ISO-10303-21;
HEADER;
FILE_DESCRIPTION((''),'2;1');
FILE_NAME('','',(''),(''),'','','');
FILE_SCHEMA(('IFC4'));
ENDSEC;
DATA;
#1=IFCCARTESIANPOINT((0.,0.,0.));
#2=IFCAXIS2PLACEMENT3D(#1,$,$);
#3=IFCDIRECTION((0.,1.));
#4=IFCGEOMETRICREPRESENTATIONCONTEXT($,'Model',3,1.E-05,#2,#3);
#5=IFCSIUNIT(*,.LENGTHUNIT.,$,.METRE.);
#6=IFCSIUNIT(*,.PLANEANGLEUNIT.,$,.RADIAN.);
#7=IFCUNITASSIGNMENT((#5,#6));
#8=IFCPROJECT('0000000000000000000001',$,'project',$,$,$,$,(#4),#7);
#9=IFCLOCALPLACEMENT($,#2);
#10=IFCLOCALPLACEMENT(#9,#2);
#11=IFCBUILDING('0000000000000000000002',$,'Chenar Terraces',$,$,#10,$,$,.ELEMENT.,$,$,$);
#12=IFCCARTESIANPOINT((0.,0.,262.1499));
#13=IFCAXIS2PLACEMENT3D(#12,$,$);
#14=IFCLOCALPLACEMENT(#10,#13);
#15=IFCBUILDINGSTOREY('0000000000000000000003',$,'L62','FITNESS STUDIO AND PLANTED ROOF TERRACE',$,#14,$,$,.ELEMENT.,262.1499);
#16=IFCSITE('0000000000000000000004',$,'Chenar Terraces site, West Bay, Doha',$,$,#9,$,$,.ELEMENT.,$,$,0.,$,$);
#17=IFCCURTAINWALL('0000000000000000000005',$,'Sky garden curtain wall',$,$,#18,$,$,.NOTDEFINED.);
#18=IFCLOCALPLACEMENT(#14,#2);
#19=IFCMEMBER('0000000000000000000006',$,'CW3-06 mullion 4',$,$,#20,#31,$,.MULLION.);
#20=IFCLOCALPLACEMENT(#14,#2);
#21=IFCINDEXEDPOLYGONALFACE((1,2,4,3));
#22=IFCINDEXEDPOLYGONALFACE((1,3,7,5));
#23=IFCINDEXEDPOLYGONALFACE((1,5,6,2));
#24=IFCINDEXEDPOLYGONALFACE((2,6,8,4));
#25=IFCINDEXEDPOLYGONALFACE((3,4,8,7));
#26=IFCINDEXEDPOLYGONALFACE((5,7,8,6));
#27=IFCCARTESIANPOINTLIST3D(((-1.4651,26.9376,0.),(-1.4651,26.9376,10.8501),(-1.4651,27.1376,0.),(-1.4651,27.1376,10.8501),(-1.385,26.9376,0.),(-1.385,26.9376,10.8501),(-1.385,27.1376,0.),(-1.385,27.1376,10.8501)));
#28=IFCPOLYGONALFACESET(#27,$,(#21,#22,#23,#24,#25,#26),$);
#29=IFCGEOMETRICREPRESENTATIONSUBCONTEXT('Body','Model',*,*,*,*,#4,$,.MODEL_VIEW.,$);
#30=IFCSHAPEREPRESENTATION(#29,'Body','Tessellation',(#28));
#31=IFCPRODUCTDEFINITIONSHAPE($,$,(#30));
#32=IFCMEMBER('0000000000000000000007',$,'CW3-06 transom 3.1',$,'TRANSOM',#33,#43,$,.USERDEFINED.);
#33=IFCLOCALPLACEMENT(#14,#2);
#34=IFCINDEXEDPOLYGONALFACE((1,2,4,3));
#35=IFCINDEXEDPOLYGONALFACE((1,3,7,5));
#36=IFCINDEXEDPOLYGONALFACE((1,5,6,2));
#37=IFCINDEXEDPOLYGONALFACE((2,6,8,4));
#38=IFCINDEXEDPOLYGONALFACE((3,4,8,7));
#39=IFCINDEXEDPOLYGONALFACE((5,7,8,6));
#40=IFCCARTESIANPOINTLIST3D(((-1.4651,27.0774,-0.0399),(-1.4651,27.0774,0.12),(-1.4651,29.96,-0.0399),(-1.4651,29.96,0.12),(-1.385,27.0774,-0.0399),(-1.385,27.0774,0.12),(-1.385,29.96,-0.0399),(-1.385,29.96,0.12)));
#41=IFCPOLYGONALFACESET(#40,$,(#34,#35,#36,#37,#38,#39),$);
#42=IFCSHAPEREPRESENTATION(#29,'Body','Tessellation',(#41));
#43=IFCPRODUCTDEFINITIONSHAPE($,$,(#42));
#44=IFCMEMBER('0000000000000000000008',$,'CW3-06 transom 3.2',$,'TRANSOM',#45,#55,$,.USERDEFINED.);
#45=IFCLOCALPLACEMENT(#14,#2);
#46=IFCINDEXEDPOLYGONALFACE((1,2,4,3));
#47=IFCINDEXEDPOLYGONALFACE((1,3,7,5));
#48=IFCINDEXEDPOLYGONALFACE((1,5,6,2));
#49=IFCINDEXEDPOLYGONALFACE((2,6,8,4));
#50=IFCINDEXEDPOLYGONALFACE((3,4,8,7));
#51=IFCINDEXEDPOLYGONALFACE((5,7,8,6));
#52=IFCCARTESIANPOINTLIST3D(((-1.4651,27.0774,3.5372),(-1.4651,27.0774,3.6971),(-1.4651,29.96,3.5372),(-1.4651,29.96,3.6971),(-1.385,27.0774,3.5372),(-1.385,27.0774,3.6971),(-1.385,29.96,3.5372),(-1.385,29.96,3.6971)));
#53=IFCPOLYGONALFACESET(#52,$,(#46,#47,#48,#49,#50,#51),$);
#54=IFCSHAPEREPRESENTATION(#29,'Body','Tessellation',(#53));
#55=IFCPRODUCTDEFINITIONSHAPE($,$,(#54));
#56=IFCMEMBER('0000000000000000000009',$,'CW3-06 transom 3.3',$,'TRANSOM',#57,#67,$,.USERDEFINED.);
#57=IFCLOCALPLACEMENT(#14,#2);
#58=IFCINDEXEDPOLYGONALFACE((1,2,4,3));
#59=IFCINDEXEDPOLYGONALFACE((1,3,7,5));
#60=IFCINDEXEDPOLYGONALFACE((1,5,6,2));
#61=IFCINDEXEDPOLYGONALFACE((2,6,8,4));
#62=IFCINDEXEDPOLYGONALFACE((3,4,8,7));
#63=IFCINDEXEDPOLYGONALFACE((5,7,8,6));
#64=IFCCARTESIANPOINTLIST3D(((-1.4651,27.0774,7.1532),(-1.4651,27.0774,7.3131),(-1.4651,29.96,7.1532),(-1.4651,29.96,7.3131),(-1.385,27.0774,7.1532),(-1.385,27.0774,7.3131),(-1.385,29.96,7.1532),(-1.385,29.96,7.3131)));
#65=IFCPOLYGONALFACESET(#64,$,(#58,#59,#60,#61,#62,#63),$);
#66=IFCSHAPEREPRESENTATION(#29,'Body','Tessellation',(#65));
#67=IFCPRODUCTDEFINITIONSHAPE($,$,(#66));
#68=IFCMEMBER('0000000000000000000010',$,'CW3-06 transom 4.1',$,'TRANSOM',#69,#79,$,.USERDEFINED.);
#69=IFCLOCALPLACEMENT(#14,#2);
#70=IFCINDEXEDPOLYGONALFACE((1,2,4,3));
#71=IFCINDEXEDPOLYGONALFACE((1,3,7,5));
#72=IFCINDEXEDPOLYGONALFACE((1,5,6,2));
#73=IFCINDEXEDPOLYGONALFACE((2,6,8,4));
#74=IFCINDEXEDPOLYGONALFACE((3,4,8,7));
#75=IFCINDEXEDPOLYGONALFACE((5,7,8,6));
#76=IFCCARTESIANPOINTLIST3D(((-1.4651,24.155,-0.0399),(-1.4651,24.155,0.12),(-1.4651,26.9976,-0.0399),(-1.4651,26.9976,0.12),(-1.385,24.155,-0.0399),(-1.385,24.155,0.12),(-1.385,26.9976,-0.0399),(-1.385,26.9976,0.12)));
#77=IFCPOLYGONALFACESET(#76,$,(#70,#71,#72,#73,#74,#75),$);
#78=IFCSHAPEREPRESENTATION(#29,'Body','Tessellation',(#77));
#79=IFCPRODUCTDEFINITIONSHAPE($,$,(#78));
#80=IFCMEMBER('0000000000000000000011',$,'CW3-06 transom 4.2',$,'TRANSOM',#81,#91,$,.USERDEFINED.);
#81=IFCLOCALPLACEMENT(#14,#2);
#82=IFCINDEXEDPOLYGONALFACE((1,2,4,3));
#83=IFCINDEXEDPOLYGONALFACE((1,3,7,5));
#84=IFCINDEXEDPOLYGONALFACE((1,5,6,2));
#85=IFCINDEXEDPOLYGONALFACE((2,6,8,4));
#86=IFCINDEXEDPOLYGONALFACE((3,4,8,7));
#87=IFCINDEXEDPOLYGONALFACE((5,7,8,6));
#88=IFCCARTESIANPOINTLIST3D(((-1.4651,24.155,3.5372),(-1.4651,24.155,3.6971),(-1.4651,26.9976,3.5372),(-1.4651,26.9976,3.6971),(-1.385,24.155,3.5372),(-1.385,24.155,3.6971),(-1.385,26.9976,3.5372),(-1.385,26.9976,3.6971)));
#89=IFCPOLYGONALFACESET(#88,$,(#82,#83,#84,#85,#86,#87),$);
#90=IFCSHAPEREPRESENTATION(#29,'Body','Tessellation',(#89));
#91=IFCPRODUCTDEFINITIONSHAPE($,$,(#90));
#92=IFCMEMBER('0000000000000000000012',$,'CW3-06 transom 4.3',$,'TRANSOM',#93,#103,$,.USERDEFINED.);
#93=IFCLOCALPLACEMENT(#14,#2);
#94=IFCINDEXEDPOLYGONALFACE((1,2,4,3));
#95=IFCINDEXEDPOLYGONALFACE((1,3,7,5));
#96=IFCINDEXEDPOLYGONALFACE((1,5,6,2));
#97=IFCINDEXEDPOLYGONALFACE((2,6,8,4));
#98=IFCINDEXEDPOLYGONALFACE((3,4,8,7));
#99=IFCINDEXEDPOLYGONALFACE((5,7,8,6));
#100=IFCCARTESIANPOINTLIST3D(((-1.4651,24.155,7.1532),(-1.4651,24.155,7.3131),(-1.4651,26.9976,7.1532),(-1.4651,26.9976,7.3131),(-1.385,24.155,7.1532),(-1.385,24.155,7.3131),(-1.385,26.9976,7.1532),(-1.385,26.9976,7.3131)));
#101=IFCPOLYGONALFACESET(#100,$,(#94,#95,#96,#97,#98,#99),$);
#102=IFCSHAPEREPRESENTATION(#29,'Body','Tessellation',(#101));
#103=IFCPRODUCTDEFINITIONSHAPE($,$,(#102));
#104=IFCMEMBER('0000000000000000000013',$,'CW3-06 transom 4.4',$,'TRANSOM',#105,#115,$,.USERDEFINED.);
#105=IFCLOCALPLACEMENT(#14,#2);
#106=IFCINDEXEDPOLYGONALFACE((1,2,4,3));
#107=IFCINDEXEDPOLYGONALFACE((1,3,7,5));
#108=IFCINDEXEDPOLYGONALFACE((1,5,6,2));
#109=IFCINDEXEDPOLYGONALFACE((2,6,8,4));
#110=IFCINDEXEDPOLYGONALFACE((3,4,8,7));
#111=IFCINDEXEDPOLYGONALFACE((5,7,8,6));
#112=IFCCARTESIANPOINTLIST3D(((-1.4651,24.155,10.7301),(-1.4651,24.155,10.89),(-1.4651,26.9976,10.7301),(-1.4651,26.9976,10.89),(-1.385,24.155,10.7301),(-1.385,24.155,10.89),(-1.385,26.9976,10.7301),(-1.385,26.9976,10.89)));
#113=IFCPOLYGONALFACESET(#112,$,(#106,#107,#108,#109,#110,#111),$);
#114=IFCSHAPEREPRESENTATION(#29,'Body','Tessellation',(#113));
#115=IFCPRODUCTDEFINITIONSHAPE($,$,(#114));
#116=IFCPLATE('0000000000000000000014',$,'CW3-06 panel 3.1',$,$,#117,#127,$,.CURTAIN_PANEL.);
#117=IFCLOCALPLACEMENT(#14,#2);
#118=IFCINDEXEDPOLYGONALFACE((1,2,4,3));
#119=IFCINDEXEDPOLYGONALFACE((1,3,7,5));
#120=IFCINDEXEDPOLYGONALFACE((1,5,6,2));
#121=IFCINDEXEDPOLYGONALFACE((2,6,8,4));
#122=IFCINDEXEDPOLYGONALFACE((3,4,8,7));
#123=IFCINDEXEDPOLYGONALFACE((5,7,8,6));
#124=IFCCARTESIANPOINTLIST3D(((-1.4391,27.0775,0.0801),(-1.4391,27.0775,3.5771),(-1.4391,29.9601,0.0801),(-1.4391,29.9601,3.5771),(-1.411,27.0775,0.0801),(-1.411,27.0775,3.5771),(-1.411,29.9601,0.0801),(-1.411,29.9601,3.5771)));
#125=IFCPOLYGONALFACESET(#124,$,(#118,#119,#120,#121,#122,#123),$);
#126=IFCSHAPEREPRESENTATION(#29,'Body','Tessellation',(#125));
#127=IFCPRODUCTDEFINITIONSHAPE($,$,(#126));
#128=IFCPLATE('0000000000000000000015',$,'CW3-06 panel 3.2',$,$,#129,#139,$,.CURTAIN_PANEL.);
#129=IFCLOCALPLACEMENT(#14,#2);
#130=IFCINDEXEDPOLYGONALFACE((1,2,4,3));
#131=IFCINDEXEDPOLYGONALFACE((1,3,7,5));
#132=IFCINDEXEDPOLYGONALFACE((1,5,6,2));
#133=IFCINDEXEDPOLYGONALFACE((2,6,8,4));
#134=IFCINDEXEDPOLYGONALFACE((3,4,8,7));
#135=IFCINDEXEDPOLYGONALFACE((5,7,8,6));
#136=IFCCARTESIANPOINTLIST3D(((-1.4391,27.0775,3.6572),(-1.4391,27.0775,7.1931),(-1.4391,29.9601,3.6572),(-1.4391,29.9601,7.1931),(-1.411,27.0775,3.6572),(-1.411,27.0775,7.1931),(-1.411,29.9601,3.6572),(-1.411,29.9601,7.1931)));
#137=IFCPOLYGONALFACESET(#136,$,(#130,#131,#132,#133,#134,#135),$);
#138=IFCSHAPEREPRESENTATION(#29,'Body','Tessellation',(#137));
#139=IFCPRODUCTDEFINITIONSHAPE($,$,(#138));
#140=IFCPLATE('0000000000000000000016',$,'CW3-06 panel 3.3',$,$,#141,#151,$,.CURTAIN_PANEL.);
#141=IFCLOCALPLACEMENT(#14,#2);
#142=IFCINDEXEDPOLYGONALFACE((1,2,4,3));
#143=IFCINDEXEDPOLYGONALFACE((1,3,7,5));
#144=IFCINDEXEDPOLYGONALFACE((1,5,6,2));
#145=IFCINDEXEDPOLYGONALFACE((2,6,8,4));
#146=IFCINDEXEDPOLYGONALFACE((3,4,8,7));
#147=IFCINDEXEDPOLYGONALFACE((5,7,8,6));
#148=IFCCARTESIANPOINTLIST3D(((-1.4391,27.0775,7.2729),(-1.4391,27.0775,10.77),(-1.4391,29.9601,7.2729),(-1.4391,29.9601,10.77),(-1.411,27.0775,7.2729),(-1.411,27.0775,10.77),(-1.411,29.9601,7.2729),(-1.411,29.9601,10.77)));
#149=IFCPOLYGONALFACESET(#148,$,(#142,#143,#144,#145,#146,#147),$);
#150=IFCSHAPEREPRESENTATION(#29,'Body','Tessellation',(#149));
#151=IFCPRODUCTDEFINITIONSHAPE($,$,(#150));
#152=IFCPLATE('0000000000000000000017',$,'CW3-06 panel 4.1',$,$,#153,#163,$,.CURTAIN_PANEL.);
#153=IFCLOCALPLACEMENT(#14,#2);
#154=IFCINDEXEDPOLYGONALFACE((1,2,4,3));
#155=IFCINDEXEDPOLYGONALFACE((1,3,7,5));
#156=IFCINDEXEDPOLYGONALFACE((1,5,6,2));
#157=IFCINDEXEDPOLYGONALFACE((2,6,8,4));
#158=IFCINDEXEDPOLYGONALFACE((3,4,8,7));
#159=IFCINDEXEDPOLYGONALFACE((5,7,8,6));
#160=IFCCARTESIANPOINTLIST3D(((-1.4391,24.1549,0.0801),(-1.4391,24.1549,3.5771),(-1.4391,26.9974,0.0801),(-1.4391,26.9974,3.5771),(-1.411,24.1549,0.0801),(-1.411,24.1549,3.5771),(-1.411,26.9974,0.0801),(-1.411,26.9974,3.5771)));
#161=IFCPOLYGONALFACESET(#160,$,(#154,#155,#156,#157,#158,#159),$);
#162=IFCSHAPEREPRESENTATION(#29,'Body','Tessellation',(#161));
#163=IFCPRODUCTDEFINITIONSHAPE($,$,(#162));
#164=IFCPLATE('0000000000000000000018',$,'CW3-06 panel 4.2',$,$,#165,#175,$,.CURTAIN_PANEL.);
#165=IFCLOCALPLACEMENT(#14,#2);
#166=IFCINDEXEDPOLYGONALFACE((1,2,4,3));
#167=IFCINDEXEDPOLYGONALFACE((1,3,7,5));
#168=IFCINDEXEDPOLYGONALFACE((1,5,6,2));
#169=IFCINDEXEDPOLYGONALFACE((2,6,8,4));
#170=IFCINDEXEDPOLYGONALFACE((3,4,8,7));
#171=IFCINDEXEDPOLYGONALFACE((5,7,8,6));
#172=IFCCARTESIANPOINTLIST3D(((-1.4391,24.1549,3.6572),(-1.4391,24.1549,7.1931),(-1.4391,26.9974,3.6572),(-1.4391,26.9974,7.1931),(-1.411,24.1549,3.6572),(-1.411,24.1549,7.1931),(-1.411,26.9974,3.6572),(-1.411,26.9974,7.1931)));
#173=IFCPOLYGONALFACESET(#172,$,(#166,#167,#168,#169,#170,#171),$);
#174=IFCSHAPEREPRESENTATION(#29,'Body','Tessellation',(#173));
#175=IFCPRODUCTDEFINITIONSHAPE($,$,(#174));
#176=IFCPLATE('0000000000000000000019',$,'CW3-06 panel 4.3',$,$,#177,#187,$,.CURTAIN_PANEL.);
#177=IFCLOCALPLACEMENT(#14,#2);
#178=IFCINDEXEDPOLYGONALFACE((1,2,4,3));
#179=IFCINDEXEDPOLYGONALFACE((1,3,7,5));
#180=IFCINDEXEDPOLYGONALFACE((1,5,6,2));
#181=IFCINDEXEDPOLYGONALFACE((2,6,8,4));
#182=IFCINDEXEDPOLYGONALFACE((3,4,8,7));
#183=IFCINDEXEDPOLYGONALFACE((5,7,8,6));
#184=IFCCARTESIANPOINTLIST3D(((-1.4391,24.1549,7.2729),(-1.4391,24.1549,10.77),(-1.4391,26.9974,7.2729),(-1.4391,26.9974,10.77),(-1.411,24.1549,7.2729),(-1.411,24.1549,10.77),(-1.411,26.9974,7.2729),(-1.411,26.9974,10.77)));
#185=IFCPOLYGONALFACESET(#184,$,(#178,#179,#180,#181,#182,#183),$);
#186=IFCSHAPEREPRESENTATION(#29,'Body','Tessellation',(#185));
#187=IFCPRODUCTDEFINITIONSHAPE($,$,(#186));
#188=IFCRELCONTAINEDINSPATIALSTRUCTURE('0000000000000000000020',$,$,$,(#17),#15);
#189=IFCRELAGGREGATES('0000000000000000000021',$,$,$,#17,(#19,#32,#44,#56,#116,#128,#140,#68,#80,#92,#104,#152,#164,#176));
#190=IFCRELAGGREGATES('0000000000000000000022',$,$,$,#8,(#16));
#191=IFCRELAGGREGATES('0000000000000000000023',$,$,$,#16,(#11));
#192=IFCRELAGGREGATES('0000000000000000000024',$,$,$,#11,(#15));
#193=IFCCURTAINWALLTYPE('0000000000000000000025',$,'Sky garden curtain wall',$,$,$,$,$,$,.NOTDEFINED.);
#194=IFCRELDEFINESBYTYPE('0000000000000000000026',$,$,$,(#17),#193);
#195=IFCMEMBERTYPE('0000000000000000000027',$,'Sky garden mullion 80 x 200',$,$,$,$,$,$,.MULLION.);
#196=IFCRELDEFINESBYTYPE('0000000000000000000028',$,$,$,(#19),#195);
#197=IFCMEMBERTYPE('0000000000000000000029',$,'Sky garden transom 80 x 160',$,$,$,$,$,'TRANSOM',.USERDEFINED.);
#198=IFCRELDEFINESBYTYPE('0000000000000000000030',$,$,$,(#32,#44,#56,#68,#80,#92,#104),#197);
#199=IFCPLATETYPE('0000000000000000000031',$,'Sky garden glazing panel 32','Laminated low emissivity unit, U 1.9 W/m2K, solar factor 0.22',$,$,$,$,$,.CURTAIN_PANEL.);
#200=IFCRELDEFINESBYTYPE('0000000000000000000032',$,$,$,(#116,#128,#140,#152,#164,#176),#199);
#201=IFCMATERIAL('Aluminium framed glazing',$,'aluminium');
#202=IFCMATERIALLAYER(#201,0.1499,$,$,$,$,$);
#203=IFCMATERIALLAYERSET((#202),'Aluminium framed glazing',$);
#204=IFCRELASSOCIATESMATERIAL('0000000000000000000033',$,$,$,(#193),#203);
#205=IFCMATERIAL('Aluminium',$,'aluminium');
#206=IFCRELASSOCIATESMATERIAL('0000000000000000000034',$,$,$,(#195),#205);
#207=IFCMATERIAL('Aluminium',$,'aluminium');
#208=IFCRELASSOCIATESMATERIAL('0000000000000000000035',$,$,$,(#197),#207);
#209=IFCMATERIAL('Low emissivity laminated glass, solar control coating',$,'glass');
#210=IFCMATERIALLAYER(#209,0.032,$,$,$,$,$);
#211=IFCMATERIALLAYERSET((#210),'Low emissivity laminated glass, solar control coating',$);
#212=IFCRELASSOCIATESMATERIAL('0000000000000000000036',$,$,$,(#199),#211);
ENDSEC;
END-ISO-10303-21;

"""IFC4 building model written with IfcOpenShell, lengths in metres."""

from ifc_helpers import new_model, si_unit, direction, frame, origin, origin_2d, place, context, subcontext, project, spatial, rectangle, extrude, material, layer, layer_set, material_profile, profile_set, type_object, element, aggregate, save


model = new_model("IFC4")

# Units and contexts
model_context = context("Model", 3, precision=1e-05, world=origin(), true_north=direction((0.0, 1.0)))
body_context = subcontext(model_context, "Body", "Model", "MODEL_VIEW")
ifc_project = project(units=[si_unit("LENGTHUNIT", "METRE"), si_unit("PLANEANGLEUNIT", "RADIAN")], contexts=[model_context])

# Site, building, storey
site_placement = place(None, origin())
site = spatial("IfcSite", under=ifc_project, at=site_placement, Name="Chenar Terraces site, West Bay, Doha", CompositionType="ELEMENT", RefElevation=0.0)
building_placement = place(site_placement, origin())
building = spatial("IfcBuilding", under=site, at=building_placement, Name="Chenar Terraces", CompositionType="ELEMENT")
storey_placement = place(building_placement, frame((0.0, 0.0, 262.1499)))
storey = spatial("IfcBuildingStorey", under=building, at=storey_placement, Name="L62", Description="FITNESS STUDIO AND PLANTED ROOF TERRACE", CompositionType="ELEMENT", Elevation=262.1499)

# Curtain wall, members, plates
ifc_material_1 = material(Name="Aluminium framed glazing", Category="aluminium")
ifc_layer_1 = layer(ifc_material_1, 0.1499)
ifc_layer_set_1 = layer_set([ifc_layer_1], Name="Aluminium framed glazing")
curtain_wall_type = type_object("IfcCurtainWallType", Name="Sky garden curtain wall", PredefinedType="NOTDEFINED", material=ifc_layer_set_1)
curtain_wall_placement = place(storey_placement, origin())
curtain_wall = element("IfcCurtainWall", 1, at=curtain_wall_placement, inside=storey, type_object=curtain_wall_type, Name="Sky garden curtain wall", PredefinedType="NOTDEFINED")
ifc_material_2 = material(Name="Aluminium", Category="aluminium")
ifc_material_profile_1 = material_profile(ifc_material_2, rectangle(XDim=0.0801, YDim=0.2, at=origin_2d()), Name="Sky garden mullion 80 x 200")
ifc_profile_set_1 = profile_set([ifc_material_profile_1], Name="Aluminium")
member_type_1 = type_object("IfcMemberType", Name="Sky garden mullion 80 x 200", PredefinedType="MULLION", material=ifc_profile_set_1)
member_1_placement = place(storey_placement, frame((-1.425, 27.0376, 0.0), z_axis=(0.0, 0.0, 1.0), x_axis=(1.0, 0.0, 0.0)))
member_1 = element("IfcMember", 2, at=member_1_placement, type_object=member_type_1, Name="CW3-06 mullion 4", PredefinedType="MULLION", context=body_context, shape_type="SweptSolid", body=[
    extrude(rectangle(XDim=0.0801, YDim=0.2, at=origin_2d()), origin(), (0.0, 0.0, 1.0), 10.8501),
])
ifc_material_3 = material(Name="Aluminium", Category="aluminium")
ifc_material_profile_2 = material_profile(ifc_material_3, rectangle(XDim=0.0801, YDim=0.1599, at=origin_2d()), Name="Sky garden transom 80 x 160")
ifc_profile_set_2 = profile_set([ifc_material_profile_2], Name="Aluminium")
member_type_2 = type_object("IfcMemberType", Name="Sky garden transom 80 x 160", ElementType="TRANSOM", PredefinedType="USERDEFINED", material=ifc_profile_set_2)
member_2_placement = place(storey_placement, frame((-1.425, 29.96, 0.04), z_axis=(0.0, -1.0, 0.0), x_axis=(1.0, 0.0, 0.0)))
member_2 = element("IfcMember", 3, at=member_2_placement, type_object=member_type_2, Name="CW3-06 transom 3.1", ObjectType="TRANSOM", PredefinedType="USERDEFINED", context=body_context, shape_type="SweptSolid", body=[
    extrude(rectangle(XDim=0.0801, YDim=0.1599, at=origin_2d()), origin(), (0.0, 0.0, 1.0), 2.8826),
])
member_3_placement = place(storey_placement, frame((-1.425, 29.96, 3.6172), z_axis=(0.0, -1.0, 0.0), x_axis=(1.0, 0.0, 0.0)))
member_3 = element("IfcMember", 4, at=member_3_placement, type_object=member_type_2, Name="CW3-06 transom 3.2", ObjectType="TRANSOM", PredefinedType="USERDEFINED", context=body_context, shape_type="SweptSolid", body=[
    extrude(rectangle(XDim=0.0801, YDim=0.1599, at=origin_2d()), origin(), (0.0, 0.0, 1.0), 2.8826),
])
member_4_placement = place(storey_placement, frame((-1.425, 29.96, 7.2332), z_axis=(0.0, -1.0, 0.0), x_axis=(1.0, 0.0, 0.0)))
member_4 = element("IfcMember", 5, at=member_4_placement, type_object=member_type_2, Name="CW3-06 transom 3.3", ObjectType="TRANSOM", PredefinedType="USERDEFINED", context=body_context, shape_type="SweptSolid", body=[
    extrude(rectangle(XDim=0.0801, YDim=0.1599, at=origin_2d()), origin(), (0.0, 0.0, 1.0), 2.8826),
])
member_5_placement = place(storey_placement, frame((-1.425, 26.9976, 0.04), z_axis=(0.0, -1.0, 0.0), x_axis=(1.0, 0.0, 0.0)))
member_5 = element("IfcMember", 6, at=member_5_placement, type_object=member_type_2, Name="CW3-06 transom 4.1", ObjectType="TRANSOM", PredefinedType="USERDEFINED", context=body_context, shape_type="SweptSolid", body=[
    extrude(rectangle(XDim=0.0801, YDim=0.1599, at=origin_2d()), origin(), (0.0, 0.0, 1.0), 2.8425),
])
member_6_placement = place(storey_placement, frame((-1.425, 26.9976, 3.6172), z_axis=(0.0, -1.0, 0.0), x_axis=(1.0, 0.0, 0.0)))
member_6 = element("IfcMember", 7, at=member_6_placement, type_object=member_type_2, Name="CW3-06 transom 4.2", ObjectType="TRANSOM", PredefinedType="USERDEFINED", context=body_context, shape_type="SweptSolid", body=[
    extrude(rectangle(XDim=0.0801, YDim=0.1599, at=origin_2d()), origin(), (0.0, 0.0, 1.0), 2.8425),
])
member_7_placement = place(storey_placement, frame((-1.425, 26.9976, 7.2332), z_axis=(0.0, -1.0, 0.0), x_axis=(1.0, 0.0, 0.0)))
member_7 = element("IfcMember", 8, at=member_7_placement, type_object=member_type_2, Name="CW3-06 transom 4.3", ObjectType="TRANSOM", PredefinedType="USERDEFINED", context=body_context, shape_type="SweptSolid", body=[
    extrude(rectangle(XDim=0.0801, YDim=0.1599, at=origin_2d()), origin(), (0.0, 0.0, 1.0), 2.8425),
])
member_8_placement = place(storey_placement, frame((-1.425, 26.9976, 10.8101), z_axis=(0.0, -1.0, 0.0), x_axis=(1.0, 0.0, 0.0)))
member_8 = element("IfcMember", 9, at=member_8_placement, type_object=member_type_2, Name="CW3-06 transom 4.4", ObjectType="TRANSOM", PredefinedType="USERDEFINED", context=body_context, shape_type="SweptSolid", body=[
    extrude(rectangle(XDim=0.0801, YDim=0.1599, at=origin_2d()), origin(), (0.0, 0.0, 1.0), 2.8425),
])
ifc_material_4 = material(Name="Low emissivity laminated glass, solar control coating", Category="glass")
ifc_layer_2 = layer(ifc_material_4, 0.032)
ifc_layer_set_2 = layer_set([ifc_layer_2], Name="Low emissivity laminated glass, solar control coating")
plate_type = type_object("IfcPlateType", Name="Sky garden glazing panel 32", Description="Laminated low emissivity unit, U 1.9 W/m2K, solar factor 0.22", PredefinedType="CURTAIN_PANEL", material=ifc_layer_set_2)
plate_1_placement = place(storey_placement, frame((-1.425, 28.5188, 0.0801), z_axis=(0.0, 0.0, 1.0), x_axis=(0.0, -1.0, 0.0)))
plate_1 = element("IfcPlate", 10, at=plate_1_placement, type_object=plate_type, Name="CW3-06 panel 3.1", PredefinedType="CURTAIN_PANEL", context=body_context, shape_type="SweptSolid", body=[
    extrude(rectangle(XDim=2.8826, YDim=0.0281, at=origin_2d()), origin(), (0.0, 0.0, 1.0), 3.4971),
])
plate_2_placement = place(storey_placement, frame((-1.425, 28.5188, 3.6572), z_axis=(0.0, 0.0, 1.0), x_axis=(0.0, -1.0, 0.0)))
plate_2 = element("IfcPlate", 11, at=plate_2_placement, type_object=plate_type, Name="CW3-06 panel 3.2", PredefinedType="CURTAIN_PANEL", context=body_context, shape_type="SweptSolid", body=[
    extrude(rectangle(XDim=2.8826, YDim=0.0281, at=origin_2d()), origin(), (0.0, 0.0, 1.0), 3.5359),
])
plate_3_placement = place(storey_placement, frame((-1.425, 28.5188, 7.2729), z_axis=(0.0, 0.0, 1.0), x_axis=(0.0, -1.0, 0.0)))
plate_3 = element("IfcPlate", 12, at=plate_3_placement, type_object=plate_type, Name="CW3-06 panel 3.3", PredefinedType="CURTAIN_PANEL", context=body_context, shape_type="SweptSolid", body=[
    extrude(rectangle(XDim=2.8826, YDim=0.0281, at=origin_2d()), origin(), (0.0, 0.0, 1.0), 3.4971),
])
plate_4_placement = place(storey_placement, frame((-1.425, 25.5762, 0.0801), z_axis=(0.0, 0.0, 1.0), x_axis=(0.0, -1.0, 0.0)))
plate_4 = element("IfcPlate", 13, at=plate_4_placement, type_object=plate_type, Name="CW3-06 panel 4.1", PredefinedType="CURTAIN_PANEL", context=body_context, shape_type="SweptSolid", body=[
    extrude(rectangle(XDim=2.8425, YDim=0.0281, at=origin_2d()), origin(), (0.0, 0.0, 1.0), 3.4971),
])
plate_5_placement = place(storey_placement, frame((-1.425, 25.5762, 3.6572), z_axis=(0.0, 0.0, 1.0), x_axis=(0.0, -1.0, 0.0)))
plate_5 = element("IfcPlate", 14, at=plate_5_placement, type_object=plate_type, Name="CW3-06 panel 4.2", PredefinedType="CURTAIN_PANEL", context=body_context, shape_type="SweptSolid", body=[
    extrude(rectangle(XDim=2.8425, YDim=0.0281, at=origin_2d()), origin(), (0.0, 0.0, 1.0), 3.5359),
])
plate_6_placement = place(storey_placement, frame((-1.425, 25.5762, 7.2729), z_axis=(0.0, 0.0, 1.0), x_axis=(0.0, -1.0, 0.0)))
plate_6 = element("IfcPlate", 15, at=plate_6_placement, type_object=plate_type, Name="CW3-06 panel 4.3", PredefinedType="CURTAIN_PANEL", context=body_context, shape_type="SweptSolid", body=[
    extrude(rectangle(XDim=2.8425, YDim=0.0281, at=origin_2d()), origin(), (0.0, 0.0, 1.0), 3.4971),
])
aggregate(curtain_wall, [member_1, member_2, member_3, member_4, plate_1, plate_2, plate_3, member_5, member_6, member_7, member_8, plate_4, plate_5, plate_6])

save(model, "model.ifc")
